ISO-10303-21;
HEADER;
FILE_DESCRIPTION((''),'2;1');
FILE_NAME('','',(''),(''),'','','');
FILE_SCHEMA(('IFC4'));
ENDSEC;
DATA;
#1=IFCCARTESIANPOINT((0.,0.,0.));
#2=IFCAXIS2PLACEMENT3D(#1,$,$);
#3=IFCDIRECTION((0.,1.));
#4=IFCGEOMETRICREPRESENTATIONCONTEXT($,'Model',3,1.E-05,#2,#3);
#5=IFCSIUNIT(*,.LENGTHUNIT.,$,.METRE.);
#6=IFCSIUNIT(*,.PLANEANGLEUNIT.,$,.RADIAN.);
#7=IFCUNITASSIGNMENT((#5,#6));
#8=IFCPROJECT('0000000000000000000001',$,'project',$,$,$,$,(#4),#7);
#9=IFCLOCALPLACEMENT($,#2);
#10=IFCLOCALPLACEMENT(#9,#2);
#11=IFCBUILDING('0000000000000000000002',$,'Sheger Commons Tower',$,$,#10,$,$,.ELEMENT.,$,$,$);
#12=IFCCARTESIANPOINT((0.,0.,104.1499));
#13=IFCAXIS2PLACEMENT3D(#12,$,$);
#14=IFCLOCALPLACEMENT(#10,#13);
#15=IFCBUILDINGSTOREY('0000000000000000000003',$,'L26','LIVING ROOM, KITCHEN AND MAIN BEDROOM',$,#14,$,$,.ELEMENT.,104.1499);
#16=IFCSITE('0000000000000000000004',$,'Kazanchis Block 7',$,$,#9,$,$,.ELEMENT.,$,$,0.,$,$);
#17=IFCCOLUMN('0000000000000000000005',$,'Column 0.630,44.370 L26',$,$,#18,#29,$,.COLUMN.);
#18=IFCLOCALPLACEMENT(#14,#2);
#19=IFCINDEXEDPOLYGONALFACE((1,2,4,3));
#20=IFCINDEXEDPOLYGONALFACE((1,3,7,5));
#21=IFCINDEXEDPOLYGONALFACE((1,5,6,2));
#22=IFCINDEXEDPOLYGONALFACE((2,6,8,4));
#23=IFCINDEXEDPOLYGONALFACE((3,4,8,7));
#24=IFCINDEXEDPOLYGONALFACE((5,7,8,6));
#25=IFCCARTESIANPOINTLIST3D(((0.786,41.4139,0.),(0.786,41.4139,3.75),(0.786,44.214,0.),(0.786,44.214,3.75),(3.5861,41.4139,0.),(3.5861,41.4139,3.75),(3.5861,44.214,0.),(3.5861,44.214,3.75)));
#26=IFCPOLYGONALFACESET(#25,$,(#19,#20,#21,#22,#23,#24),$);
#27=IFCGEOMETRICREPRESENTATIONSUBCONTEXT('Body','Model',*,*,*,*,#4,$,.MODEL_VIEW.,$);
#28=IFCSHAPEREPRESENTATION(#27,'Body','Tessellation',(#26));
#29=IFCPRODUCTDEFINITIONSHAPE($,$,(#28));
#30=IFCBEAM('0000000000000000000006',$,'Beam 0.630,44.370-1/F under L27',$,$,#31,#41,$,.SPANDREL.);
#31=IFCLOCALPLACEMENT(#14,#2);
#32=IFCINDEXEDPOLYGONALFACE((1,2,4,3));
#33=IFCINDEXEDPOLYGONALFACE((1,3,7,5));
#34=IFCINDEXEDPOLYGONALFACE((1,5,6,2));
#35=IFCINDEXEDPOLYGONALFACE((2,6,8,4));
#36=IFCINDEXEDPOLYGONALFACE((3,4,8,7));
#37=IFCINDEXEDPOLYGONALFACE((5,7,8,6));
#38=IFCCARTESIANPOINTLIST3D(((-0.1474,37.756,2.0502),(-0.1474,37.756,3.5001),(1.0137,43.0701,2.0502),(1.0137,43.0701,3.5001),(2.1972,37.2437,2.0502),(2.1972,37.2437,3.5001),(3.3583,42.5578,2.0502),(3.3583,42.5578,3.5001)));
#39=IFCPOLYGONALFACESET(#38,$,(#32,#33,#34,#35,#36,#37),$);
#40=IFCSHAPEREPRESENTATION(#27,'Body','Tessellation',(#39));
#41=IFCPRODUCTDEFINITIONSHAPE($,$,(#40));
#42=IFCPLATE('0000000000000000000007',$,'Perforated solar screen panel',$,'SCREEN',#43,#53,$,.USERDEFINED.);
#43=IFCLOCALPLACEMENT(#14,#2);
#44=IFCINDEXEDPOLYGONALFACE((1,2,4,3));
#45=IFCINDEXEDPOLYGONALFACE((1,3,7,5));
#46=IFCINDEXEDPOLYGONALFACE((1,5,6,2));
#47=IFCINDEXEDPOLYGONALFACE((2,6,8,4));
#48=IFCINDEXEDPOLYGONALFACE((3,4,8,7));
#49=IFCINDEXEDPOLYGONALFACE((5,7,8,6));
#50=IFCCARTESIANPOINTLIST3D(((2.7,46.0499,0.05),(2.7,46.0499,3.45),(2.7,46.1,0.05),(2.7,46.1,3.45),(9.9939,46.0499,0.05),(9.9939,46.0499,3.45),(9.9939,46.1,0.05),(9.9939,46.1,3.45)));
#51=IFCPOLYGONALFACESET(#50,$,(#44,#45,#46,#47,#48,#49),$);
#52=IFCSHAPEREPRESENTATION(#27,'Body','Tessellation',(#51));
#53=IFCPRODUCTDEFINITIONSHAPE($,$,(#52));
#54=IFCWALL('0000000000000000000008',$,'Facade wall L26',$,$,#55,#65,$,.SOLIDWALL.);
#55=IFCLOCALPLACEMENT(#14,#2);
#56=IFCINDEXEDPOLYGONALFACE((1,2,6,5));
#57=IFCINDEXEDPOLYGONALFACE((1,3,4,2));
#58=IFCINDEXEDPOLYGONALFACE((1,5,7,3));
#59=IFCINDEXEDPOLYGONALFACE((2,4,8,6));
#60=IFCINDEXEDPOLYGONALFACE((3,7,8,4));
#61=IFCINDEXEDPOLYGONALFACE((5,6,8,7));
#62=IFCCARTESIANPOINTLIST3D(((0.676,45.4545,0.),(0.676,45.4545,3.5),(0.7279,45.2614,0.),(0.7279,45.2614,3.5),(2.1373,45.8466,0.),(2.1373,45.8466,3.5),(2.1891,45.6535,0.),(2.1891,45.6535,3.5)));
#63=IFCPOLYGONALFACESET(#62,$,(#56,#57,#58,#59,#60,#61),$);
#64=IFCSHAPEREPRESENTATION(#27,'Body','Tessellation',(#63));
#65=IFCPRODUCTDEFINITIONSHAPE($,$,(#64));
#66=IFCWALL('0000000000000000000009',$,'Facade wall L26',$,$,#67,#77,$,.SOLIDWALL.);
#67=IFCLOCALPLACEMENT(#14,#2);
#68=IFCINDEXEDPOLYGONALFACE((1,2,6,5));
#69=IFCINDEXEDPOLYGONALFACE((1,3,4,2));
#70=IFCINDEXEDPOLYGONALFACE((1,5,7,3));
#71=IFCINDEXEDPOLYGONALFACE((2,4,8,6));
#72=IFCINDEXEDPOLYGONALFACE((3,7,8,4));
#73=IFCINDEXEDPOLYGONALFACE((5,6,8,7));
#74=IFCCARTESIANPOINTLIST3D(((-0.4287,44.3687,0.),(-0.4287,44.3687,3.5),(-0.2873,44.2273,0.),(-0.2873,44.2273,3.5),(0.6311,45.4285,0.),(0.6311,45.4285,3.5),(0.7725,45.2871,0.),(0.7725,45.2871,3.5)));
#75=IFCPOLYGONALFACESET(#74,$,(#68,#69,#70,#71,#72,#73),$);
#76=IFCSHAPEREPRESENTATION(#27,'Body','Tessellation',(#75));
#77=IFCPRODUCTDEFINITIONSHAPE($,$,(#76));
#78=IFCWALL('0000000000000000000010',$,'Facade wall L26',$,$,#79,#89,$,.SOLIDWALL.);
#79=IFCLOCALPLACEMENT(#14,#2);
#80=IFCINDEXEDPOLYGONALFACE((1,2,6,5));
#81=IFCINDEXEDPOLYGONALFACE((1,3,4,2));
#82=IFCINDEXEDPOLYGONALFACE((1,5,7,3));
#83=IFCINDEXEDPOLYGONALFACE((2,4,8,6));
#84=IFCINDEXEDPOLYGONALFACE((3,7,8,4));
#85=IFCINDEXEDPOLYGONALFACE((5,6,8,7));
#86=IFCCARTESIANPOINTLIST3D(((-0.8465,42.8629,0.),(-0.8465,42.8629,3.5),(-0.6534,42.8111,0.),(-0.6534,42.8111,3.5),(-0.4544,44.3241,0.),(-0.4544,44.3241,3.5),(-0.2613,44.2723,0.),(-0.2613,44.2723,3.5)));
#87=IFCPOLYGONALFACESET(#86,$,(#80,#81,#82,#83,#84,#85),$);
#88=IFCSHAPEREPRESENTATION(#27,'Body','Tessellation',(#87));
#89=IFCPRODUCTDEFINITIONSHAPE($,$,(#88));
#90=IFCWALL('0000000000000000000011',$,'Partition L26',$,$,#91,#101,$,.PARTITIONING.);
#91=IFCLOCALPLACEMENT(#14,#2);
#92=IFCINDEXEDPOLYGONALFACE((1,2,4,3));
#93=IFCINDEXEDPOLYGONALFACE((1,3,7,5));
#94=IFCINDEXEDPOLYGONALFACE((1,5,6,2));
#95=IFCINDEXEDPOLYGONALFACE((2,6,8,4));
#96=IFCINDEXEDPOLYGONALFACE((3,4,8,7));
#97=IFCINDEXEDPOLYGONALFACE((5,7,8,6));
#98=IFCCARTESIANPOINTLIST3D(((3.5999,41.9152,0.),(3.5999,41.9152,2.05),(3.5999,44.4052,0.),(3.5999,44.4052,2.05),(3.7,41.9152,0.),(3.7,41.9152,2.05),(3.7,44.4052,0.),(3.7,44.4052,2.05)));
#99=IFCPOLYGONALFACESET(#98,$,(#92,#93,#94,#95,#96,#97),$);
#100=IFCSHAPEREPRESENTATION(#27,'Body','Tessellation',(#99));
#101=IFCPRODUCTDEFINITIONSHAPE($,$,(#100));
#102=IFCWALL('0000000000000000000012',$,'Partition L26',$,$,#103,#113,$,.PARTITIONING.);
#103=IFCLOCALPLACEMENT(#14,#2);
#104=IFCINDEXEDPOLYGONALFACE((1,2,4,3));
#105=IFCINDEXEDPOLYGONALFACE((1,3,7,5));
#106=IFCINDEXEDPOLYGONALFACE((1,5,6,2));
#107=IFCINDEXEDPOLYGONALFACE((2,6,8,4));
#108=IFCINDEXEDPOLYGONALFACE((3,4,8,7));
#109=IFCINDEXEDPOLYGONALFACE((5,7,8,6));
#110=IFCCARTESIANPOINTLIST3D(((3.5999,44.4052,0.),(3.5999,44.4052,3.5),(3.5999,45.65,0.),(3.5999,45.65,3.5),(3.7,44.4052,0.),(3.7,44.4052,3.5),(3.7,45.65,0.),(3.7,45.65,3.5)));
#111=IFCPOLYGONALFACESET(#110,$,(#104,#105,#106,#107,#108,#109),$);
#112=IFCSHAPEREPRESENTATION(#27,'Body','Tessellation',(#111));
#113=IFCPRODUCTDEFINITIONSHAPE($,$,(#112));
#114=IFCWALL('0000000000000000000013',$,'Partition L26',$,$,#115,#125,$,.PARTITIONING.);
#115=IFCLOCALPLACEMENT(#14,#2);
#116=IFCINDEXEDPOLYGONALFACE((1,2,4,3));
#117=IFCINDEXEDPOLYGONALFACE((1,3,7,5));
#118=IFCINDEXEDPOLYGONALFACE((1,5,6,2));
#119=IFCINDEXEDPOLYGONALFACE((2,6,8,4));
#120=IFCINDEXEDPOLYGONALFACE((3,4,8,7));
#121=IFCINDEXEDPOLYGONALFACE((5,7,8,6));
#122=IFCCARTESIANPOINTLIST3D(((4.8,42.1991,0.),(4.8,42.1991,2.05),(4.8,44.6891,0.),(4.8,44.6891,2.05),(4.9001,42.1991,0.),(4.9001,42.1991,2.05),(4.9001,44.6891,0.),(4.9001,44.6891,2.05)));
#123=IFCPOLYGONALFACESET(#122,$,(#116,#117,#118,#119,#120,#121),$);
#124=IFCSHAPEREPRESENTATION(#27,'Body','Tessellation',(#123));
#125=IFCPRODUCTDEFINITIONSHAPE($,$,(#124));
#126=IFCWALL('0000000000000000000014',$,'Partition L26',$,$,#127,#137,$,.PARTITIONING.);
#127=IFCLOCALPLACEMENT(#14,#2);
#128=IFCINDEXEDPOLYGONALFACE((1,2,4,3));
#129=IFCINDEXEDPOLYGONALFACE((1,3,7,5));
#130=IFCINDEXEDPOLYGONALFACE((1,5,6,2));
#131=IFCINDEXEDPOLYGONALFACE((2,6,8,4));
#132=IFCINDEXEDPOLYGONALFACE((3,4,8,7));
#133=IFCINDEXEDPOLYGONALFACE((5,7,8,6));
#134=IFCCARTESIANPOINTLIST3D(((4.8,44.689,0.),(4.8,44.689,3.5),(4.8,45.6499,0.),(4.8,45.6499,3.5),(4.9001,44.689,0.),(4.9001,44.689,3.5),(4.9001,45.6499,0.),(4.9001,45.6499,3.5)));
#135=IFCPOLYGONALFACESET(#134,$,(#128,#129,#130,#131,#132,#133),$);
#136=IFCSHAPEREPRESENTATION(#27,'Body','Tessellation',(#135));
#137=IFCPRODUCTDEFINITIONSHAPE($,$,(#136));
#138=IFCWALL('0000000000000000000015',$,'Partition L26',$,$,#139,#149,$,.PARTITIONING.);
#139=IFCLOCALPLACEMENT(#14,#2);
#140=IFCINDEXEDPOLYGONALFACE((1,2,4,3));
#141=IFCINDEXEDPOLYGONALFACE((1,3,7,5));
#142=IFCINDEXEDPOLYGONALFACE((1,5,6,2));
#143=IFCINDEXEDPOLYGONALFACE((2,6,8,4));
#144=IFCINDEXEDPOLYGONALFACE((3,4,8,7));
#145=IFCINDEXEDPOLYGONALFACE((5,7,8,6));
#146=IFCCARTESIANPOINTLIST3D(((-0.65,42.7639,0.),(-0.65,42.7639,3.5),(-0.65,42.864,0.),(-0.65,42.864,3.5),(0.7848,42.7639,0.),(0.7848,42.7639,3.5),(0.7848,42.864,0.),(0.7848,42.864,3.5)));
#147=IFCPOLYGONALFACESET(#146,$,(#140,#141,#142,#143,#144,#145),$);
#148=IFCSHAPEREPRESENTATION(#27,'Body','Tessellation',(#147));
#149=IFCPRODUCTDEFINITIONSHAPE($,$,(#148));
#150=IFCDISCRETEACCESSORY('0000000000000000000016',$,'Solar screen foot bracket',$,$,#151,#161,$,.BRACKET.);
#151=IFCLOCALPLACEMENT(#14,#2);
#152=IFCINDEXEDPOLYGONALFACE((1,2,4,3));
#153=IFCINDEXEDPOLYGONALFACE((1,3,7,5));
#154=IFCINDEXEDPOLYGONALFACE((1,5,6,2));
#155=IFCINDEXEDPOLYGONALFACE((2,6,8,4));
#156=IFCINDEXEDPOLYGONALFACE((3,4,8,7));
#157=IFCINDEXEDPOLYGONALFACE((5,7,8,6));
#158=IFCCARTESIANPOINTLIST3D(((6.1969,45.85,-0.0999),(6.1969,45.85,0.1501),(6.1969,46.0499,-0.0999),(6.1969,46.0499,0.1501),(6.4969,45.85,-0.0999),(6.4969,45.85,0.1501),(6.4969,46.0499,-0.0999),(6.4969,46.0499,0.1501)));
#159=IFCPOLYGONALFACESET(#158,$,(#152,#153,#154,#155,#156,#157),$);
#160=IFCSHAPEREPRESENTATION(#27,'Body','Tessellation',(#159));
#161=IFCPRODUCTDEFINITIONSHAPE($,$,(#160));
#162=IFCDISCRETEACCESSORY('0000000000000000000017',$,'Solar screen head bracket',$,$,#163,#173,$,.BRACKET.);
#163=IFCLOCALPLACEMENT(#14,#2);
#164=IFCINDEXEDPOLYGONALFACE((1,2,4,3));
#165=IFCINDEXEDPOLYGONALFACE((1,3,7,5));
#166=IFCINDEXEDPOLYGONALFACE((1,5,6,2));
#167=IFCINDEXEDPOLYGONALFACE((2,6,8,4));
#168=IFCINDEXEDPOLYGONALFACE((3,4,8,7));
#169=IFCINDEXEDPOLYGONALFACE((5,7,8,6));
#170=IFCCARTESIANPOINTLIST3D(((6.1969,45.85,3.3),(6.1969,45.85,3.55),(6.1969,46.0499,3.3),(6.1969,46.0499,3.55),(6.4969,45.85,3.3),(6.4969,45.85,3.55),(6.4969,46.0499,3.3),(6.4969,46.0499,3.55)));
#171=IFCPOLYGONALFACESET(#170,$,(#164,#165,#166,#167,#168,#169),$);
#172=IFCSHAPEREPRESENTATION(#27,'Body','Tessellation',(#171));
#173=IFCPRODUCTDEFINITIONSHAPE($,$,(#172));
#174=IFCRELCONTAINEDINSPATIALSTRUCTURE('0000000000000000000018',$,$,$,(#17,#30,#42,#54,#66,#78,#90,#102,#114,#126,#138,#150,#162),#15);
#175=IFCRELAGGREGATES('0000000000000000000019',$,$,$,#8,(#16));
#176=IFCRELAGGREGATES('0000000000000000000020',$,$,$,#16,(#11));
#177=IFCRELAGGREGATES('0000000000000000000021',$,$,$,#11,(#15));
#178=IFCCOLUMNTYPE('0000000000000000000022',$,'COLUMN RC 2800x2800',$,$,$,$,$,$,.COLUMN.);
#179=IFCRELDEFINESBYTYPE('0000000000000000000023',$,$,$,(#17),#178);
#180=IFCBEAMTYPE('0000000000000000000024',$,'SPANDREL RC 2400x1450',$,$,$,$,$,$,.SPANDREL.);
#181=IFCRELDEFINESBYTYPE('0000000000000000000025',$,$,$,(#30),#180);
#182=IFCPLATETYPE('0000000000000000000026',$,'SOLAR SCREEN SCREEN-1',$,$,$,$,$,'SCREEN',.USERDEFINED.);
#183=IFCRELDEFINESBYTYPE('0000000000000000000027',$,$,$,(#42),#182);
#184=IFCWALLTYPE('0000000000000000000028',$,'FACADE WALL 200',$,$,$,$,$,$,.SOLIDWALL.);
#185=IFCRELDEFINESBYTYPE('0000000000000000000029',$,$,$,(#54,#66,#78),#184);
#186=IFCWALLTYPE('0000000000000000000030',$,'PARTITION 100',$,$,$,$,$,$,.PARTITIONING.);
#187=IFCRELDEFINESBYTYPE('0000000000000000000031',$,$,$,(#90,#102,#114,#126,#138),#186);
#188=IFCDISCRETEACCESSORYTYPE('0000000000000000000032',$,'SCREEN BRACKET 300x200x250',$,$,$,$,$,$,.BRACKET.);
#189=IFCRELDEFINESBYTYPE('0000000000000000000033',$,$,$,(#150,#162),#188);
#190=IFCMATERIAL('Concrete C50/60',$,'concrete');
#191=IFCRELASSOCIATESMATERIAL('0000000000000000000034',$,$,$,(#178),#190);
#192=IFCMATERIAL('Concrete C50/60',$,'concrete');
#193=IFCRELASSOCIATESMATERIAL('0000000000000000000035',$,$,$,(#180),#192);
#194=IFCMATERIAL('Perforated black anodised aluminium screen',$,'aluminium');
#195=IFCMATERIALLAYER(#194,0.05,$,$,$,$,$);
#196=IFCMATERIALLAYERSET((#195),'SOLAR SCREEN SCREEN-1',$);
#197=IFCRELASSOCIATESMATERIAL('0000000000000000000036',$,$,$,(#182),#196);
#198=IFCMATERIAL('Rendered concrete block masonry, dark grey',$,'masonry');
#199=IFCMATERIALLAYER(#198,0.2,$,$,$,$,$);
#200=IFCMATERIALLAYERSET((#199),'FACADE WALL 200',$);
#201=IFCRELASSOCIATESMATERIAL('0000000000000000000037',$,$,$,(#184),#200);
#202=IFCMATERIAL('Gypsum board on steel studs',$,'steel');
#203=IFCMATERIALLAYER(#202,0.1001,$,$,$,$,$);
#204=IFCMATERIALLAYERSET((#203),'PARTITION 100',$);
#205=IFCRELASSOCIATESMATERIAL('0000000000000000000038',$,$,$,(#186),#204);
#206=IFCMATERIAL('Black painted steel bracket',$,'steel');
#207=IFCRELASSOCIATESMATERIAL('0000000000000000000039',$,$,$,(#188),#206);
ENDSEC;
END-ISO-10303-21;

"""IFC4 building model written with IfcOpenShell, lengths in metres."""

from ifc_helpers import new_model, si_unit, direction, frame, frame_2d, origin, origin_2d, place, context, subcontext, project, spatial, rectangle, extrude, material, layer, layer_set, material_profile, profile_set, type_object, element, save


model = new_model("IFC4")

# Units and contexts
model_context = context("Model", 3, precision=1e-05, world=origin(), true_north=direction((0.0, 1.0)))
body_context = subcontext(model_context, "Body", "Model", "MODEL_VIEW")
ifc_project = project(units=[si_unit("LENGTHUNIT", "METRE"), si_unit("PLANEANGLEUNIT", "RADIAN")], contexts=[model_context])

# Site, building, storey
site_placement = place(None, origin())
site = spatial("IfcSite", under=ifc_project, at=site_placement, Name="Kazanchis Block 7", CompositionType="ELEMENT", RefElevation=0.0)
building_placement = place(site_placement, origin())
building = spatial("IfcBuilding", under=site, at=building_placement, Name="Sheger Commons Tower", CompositionType="ELEMENT")
storey_placement = place(building_placement, frame((0.0, 0.0, 104.1499)))
storey = spatial("IfcBuildingStorey", under=building, at=storey_placement, Name="L26", Description="LIVING ROOM, KITCHEN AND MAIN BEDROOM", CompositionType="ELEMENT", Elevation=104.1499)

# Column
ifc_material_1 = material(Name="Concrete C50/60", Category="concrete")
ifc_material_profile_1 = material_profile(ifc_material_1, rectangle(XDim=2.8, YDim=2.8, at=origin_2d()), Name="RC 2800x2800")
ifc_profile_set_1 = profile_set([ifc_material_profile_1], Name="Concrete C50/60")
column_type = type_object("IfcColumnType", Name="COLUMN RC 2800x2800", PredefinedType="COLUMN", material=ifc_profile_set_1)
column_placement = place(storey_placement, frame((2.186, 42.814, 0.0), z_axis=(0.0, 0.0, 1.0), x_axis=(1.0, 0.0, 0.0)))
element("IfcColumn", 1, at=column_placement, inside=storey, type_object=column_type, Name="Column 0.630,44.370 L26", PredefinedType="COLUMN", context=body_context, shape_type="SweptSolid", body=[
    extrude(rectangle(XDim=2.8, YDim=2.8, at=origin_2d()), origin(), (0.0, 0.0, 1.0), 3.75),
])

# Beam
ifc_material_2 = material(Name="Concrete C50/60", Category="concrete")
ifc_material_profile_2 = material_profile(ifc_material_2, rectangle(XDim=2.3999, YDim=1.45, at=origin_2d()), Name="RC 2400x1450")
ifc_profile_set_2 = profile_set([ifc_material_profile_2], Name="Concrete C50/60")
beam_type = type_object("IfcBeamType", Name="SPANDREL RC 2400x1450", PredefinedType="SPANDREL", material=ifc_profile_set_2)
beam_placement = place(storey_placement, frame((2.186, 42.814, 2.7751), z_axis=(-0.213469, -0.97695, 0.0), x_axis=(0.97695, -0.213469, 0.0)))
element("IfcBeam", 2, at=beam_placement, inside=storey, type_object=beam_type, Name="Beam 0.630,44.370-1/F under L27", PredefinedType="SPANDREL", context=body_context, shape_type="SweptSolid", body=[
    extrude(rectangle(XDim=2.3999, YDim=1.45, at=origin_2d()), origin(), (0.0, 0.0, 1.0), 5.4395),
])

# Plate
ifc_material_3 = material(Name="Perforated black anodised aluminium screen", Category="aluminium")
ifc_layer_1 = layer(ifc_material_3, 0.05)
ifc_layer_set_1 = layer_set([ifc_layer_1], Name="SOLAR SCREEN SCREEN-1")
plate_type = type_object("IfcPlateType", Name="SOLAR SCREEN SCREEN-1", ElementType="SCREEN", PredefinedType="USERDEFINED", material=ifc_layer_set_1)
plate_placement = place(storey_placement, frame((6.3469, 46.075, 0.05), z_axis=(0.0, 0.0, 1.0), x_axis=(-1.0, 0.0, 0.0)))
element("IfcPlate", 3, at=plate_placement, inside=storey, type_object=plate_type, Name="Perforated solar screen panel", ObjectType="SCREEN", PredefinedType="USERDEFINED", context=body_context, shape_type="SweptSolid", body=[
    extrude(rectangle(XDim=7.2939, YDim=0.05, at=origin_2d()), origin(), (0.0, 0.0, 1.0), 3.3999),
])

# Walls
ifc_material_4 = material(Name="Rendered concrete block masonry, dark grey", Category="masonry")
ifc_layer_2 = layer(ifc_material_4, 0.2)
ifc_layer_set_2 = layer_set([ifc_layer_2], Name="FACADE WALL 200")
wall_type_1 = type_object("IfcWallType", Name="FACADE WALL 200", PredefinedType="SOLIDWALL", material=ifc_layer_set_2)
wall_1_placement = place(storey_placement, frame((2.1631, 45.75, 0.0), z_axis=(0.0, 0.0, 1.0), x_axis=(-0.965832, -0.259169, 0.0)))
element("IfcWall", 4, at=wall_1_placement, inside=storey, type_object=wall_type_1, Name="Facade wall L26", PredefinedType="SOLIDWALL", context=body_context, shape_type="SweptSolid", body=[
    extrude(rectangle(XDim=1.5129, YDim=0.2, at=frame_2d((0.7563, 0.0))), origin(), (0.0, 0.0, 1.0), 3.5),
])
wall_2_placement = place(storey_placement, frame((0.7019, 45.3579, 0.0), z_axis=(0.0, 0.0, 1.0), x_axis=(-0.707107, -0.707107, 0.0)))
element("IfcWall", 5, at=wall_2_placement, inside=storey, type_object=wall_type_1, Name="Facade wall L26", PredefinedType="SOLIDWALL", context=body_context, shape_type="SweptSolid", body=[
    extrude(rectangle(XDim=1.4988, YDim=0.2, at=frame_2d((0.7495, 0.0))), origin(), (0.0, 0.0, 1.0), 3.5),
])
wall_3_placement = place(storey_placement, frame((-0.3579, 44.2981, 0.0), z_axis=(0.0, 0.0, 1.0), x_axis=(-0.259169, -0.965832, 0.0)))
element("IfcWall", 6, at=wall_3_placement, inside=storey, type_object=wall_type_1, Name="Facade wall L26", PredefinedType="SOLIDWALL", context=body_context, shape_type="SweptSolid", body=[
    extrude(rectangle(XDim=1.5129, YDim=0.2, at=frame_2d((0.7563, 0.0))), origin(), (0.0, 0.0, 1.0), 3.5),
])

# Walls
ifc_material_5 = material(Name="Gypsum board on steel studs", Category="steel")
ifc_layer_3 = layer(ifc_material_5, 0.1001)
ifc_layer_set_3 = layer_set([ifc_layer_3], Name="PARTITION 100")
wall_type_2 = type_object("IfcWallType", Name="PARTITION 100", PredefinedType="PARTITIONING", material=ifc_layer_set_3)
wall_4_placement = place(storey_placement, frame((3.6499, 41.915, 0.0), z_axis=(0.0, 0.0, 1.0), x_axis=(0.0, 1.0, 0.0)))
element("IfcWall", 7, at=wall_4_placement, inside=storey, type_object=wall_type_2, Name="Partition L26", PredefinedType="PARTITIONING", context=body_context, shape_type="SweptSolid", body=[
    extrude(rectangle(XDim=2.49, YDim=0.1001, at=frame_2d((1.2451, 0.0))), origin(), (0.0, 0.0, 1.0), 2.05),
])
wall_5_placement = place(storey_placement, frame((3.6499, 44.405, 0.0), z_axis=(0.0, 0.0, 1.0), x_axis=(0.0, 1.0, 0.0)))
element("IfcWall", 8, at=wall_5_placement, inside=storey, type_object=wall_type_2, Name="Partition L26", PredefinedType="PARTITIONING", context=body_context, shape_type="SweptSolid", body=[
    extrude(rectangle(XDim=1.2449, YDim=0.1001, at=frame_2d((0.6226, 0.0))), origin(), (0.0, 0.0, 1.0), 3.5),
])
wall_6_placement = place(storey_placement, frame((4.8501, 42.199, 0.0), z_axis=(0.0, 0.0, 1.0), x_axis=(0.0, 1.0, 0.0)))
element("IfcWall", 9, at=wall_6_placement, inside=storey, type_object=wall_type_2, Name="Partition L26", PredefinedType="PARTITIONING", context=body_context, shape_type="SweptSolid", body=[
    extrude(rectangle(XDim=2.49, YDim=0.1001, at=frame_2d((1.2451, 0.0))), origin(), (0.0, 0.0, 1.0), 2.05),
])
wall_7_placement = place(storey_placement, frame((4.8501, 44.689, 0.0), z_axis=(0.0, 0.0, 1.0), x_axis=(0.0, 1.0, 0.0)))
element("IfcWall", 10, at=wall_7_placement, inside=storey, type_object=wall_type_2, Name="Partition L26", PredefinedType="PARTITIONING", context=body_context, shape_type="SweptSolid", body=[
    extrude(rectangle(XDim=0.9609, YDim=0.1001, at=frame_2d((0.4805, 0.0))), origin(), (0.0, 0.0, 1.0), 3.5),
])
wall_8_placement = place(storey_placement, frame((-0.6499, 42.814, 0.0), z_axis=(0.0, 0.0, 1.0), x_axis=(1.0, 0.0, 0.0)))
element("IfcWall", 11, at=wall_8_placement, inside=storey, type_object=wall_type_2, Name="Partition L26", PredefinedType="PARTITIONING", context=body_context, shape_type="SweptSolid", body=[
    extrude(rectangle(XDim=1.4348, YDim=0.1001, at=frame_2d((0.7173, 0.0))), origin(), (0.0, 0.0, 1.0), 3.5),
])

# Discrete accessories
ifc_material_6 = material(Name="Black painted steel bracket", Category="steel")
discrete_accessory_type = type_object("IfcDiscreteAccessoryType", Name="SCREEN BRACKET 300x200x250", PredefinedType="BRACKET", material=ifc_material_6)
for number, where, z_axis, x_axis, name in (
    (12, (6.3469, 45.95, -0.0999), (0.0, 0.0, 1.0), (-1.0, 0.0, 0.0), "Solar screen foot bracket"),
    (13, (6.3469, 45.95, 3.3), (0.0, 0.0, 1.0), (-1.0, 0.0, 0.0), "Solar screen head bracket"),
):
    element("IfcDiscreteAccessory", number, at=place(storey_placement, frame(where, z_axis=z_axis, x_axis=x_axis)), inside=storey, type_object=discrete_accessory_type, Name=name, PredefinedType="BRACKET", context=body_context, shape_type="SweptSolid", body=[
        extrude(rectangle(XDim=0.3, YDim=0.2, at=origin_2d()), origin(), (0.0, 0.0, 1.0), 0.25),
    ])

save(model, "model.ifc")
